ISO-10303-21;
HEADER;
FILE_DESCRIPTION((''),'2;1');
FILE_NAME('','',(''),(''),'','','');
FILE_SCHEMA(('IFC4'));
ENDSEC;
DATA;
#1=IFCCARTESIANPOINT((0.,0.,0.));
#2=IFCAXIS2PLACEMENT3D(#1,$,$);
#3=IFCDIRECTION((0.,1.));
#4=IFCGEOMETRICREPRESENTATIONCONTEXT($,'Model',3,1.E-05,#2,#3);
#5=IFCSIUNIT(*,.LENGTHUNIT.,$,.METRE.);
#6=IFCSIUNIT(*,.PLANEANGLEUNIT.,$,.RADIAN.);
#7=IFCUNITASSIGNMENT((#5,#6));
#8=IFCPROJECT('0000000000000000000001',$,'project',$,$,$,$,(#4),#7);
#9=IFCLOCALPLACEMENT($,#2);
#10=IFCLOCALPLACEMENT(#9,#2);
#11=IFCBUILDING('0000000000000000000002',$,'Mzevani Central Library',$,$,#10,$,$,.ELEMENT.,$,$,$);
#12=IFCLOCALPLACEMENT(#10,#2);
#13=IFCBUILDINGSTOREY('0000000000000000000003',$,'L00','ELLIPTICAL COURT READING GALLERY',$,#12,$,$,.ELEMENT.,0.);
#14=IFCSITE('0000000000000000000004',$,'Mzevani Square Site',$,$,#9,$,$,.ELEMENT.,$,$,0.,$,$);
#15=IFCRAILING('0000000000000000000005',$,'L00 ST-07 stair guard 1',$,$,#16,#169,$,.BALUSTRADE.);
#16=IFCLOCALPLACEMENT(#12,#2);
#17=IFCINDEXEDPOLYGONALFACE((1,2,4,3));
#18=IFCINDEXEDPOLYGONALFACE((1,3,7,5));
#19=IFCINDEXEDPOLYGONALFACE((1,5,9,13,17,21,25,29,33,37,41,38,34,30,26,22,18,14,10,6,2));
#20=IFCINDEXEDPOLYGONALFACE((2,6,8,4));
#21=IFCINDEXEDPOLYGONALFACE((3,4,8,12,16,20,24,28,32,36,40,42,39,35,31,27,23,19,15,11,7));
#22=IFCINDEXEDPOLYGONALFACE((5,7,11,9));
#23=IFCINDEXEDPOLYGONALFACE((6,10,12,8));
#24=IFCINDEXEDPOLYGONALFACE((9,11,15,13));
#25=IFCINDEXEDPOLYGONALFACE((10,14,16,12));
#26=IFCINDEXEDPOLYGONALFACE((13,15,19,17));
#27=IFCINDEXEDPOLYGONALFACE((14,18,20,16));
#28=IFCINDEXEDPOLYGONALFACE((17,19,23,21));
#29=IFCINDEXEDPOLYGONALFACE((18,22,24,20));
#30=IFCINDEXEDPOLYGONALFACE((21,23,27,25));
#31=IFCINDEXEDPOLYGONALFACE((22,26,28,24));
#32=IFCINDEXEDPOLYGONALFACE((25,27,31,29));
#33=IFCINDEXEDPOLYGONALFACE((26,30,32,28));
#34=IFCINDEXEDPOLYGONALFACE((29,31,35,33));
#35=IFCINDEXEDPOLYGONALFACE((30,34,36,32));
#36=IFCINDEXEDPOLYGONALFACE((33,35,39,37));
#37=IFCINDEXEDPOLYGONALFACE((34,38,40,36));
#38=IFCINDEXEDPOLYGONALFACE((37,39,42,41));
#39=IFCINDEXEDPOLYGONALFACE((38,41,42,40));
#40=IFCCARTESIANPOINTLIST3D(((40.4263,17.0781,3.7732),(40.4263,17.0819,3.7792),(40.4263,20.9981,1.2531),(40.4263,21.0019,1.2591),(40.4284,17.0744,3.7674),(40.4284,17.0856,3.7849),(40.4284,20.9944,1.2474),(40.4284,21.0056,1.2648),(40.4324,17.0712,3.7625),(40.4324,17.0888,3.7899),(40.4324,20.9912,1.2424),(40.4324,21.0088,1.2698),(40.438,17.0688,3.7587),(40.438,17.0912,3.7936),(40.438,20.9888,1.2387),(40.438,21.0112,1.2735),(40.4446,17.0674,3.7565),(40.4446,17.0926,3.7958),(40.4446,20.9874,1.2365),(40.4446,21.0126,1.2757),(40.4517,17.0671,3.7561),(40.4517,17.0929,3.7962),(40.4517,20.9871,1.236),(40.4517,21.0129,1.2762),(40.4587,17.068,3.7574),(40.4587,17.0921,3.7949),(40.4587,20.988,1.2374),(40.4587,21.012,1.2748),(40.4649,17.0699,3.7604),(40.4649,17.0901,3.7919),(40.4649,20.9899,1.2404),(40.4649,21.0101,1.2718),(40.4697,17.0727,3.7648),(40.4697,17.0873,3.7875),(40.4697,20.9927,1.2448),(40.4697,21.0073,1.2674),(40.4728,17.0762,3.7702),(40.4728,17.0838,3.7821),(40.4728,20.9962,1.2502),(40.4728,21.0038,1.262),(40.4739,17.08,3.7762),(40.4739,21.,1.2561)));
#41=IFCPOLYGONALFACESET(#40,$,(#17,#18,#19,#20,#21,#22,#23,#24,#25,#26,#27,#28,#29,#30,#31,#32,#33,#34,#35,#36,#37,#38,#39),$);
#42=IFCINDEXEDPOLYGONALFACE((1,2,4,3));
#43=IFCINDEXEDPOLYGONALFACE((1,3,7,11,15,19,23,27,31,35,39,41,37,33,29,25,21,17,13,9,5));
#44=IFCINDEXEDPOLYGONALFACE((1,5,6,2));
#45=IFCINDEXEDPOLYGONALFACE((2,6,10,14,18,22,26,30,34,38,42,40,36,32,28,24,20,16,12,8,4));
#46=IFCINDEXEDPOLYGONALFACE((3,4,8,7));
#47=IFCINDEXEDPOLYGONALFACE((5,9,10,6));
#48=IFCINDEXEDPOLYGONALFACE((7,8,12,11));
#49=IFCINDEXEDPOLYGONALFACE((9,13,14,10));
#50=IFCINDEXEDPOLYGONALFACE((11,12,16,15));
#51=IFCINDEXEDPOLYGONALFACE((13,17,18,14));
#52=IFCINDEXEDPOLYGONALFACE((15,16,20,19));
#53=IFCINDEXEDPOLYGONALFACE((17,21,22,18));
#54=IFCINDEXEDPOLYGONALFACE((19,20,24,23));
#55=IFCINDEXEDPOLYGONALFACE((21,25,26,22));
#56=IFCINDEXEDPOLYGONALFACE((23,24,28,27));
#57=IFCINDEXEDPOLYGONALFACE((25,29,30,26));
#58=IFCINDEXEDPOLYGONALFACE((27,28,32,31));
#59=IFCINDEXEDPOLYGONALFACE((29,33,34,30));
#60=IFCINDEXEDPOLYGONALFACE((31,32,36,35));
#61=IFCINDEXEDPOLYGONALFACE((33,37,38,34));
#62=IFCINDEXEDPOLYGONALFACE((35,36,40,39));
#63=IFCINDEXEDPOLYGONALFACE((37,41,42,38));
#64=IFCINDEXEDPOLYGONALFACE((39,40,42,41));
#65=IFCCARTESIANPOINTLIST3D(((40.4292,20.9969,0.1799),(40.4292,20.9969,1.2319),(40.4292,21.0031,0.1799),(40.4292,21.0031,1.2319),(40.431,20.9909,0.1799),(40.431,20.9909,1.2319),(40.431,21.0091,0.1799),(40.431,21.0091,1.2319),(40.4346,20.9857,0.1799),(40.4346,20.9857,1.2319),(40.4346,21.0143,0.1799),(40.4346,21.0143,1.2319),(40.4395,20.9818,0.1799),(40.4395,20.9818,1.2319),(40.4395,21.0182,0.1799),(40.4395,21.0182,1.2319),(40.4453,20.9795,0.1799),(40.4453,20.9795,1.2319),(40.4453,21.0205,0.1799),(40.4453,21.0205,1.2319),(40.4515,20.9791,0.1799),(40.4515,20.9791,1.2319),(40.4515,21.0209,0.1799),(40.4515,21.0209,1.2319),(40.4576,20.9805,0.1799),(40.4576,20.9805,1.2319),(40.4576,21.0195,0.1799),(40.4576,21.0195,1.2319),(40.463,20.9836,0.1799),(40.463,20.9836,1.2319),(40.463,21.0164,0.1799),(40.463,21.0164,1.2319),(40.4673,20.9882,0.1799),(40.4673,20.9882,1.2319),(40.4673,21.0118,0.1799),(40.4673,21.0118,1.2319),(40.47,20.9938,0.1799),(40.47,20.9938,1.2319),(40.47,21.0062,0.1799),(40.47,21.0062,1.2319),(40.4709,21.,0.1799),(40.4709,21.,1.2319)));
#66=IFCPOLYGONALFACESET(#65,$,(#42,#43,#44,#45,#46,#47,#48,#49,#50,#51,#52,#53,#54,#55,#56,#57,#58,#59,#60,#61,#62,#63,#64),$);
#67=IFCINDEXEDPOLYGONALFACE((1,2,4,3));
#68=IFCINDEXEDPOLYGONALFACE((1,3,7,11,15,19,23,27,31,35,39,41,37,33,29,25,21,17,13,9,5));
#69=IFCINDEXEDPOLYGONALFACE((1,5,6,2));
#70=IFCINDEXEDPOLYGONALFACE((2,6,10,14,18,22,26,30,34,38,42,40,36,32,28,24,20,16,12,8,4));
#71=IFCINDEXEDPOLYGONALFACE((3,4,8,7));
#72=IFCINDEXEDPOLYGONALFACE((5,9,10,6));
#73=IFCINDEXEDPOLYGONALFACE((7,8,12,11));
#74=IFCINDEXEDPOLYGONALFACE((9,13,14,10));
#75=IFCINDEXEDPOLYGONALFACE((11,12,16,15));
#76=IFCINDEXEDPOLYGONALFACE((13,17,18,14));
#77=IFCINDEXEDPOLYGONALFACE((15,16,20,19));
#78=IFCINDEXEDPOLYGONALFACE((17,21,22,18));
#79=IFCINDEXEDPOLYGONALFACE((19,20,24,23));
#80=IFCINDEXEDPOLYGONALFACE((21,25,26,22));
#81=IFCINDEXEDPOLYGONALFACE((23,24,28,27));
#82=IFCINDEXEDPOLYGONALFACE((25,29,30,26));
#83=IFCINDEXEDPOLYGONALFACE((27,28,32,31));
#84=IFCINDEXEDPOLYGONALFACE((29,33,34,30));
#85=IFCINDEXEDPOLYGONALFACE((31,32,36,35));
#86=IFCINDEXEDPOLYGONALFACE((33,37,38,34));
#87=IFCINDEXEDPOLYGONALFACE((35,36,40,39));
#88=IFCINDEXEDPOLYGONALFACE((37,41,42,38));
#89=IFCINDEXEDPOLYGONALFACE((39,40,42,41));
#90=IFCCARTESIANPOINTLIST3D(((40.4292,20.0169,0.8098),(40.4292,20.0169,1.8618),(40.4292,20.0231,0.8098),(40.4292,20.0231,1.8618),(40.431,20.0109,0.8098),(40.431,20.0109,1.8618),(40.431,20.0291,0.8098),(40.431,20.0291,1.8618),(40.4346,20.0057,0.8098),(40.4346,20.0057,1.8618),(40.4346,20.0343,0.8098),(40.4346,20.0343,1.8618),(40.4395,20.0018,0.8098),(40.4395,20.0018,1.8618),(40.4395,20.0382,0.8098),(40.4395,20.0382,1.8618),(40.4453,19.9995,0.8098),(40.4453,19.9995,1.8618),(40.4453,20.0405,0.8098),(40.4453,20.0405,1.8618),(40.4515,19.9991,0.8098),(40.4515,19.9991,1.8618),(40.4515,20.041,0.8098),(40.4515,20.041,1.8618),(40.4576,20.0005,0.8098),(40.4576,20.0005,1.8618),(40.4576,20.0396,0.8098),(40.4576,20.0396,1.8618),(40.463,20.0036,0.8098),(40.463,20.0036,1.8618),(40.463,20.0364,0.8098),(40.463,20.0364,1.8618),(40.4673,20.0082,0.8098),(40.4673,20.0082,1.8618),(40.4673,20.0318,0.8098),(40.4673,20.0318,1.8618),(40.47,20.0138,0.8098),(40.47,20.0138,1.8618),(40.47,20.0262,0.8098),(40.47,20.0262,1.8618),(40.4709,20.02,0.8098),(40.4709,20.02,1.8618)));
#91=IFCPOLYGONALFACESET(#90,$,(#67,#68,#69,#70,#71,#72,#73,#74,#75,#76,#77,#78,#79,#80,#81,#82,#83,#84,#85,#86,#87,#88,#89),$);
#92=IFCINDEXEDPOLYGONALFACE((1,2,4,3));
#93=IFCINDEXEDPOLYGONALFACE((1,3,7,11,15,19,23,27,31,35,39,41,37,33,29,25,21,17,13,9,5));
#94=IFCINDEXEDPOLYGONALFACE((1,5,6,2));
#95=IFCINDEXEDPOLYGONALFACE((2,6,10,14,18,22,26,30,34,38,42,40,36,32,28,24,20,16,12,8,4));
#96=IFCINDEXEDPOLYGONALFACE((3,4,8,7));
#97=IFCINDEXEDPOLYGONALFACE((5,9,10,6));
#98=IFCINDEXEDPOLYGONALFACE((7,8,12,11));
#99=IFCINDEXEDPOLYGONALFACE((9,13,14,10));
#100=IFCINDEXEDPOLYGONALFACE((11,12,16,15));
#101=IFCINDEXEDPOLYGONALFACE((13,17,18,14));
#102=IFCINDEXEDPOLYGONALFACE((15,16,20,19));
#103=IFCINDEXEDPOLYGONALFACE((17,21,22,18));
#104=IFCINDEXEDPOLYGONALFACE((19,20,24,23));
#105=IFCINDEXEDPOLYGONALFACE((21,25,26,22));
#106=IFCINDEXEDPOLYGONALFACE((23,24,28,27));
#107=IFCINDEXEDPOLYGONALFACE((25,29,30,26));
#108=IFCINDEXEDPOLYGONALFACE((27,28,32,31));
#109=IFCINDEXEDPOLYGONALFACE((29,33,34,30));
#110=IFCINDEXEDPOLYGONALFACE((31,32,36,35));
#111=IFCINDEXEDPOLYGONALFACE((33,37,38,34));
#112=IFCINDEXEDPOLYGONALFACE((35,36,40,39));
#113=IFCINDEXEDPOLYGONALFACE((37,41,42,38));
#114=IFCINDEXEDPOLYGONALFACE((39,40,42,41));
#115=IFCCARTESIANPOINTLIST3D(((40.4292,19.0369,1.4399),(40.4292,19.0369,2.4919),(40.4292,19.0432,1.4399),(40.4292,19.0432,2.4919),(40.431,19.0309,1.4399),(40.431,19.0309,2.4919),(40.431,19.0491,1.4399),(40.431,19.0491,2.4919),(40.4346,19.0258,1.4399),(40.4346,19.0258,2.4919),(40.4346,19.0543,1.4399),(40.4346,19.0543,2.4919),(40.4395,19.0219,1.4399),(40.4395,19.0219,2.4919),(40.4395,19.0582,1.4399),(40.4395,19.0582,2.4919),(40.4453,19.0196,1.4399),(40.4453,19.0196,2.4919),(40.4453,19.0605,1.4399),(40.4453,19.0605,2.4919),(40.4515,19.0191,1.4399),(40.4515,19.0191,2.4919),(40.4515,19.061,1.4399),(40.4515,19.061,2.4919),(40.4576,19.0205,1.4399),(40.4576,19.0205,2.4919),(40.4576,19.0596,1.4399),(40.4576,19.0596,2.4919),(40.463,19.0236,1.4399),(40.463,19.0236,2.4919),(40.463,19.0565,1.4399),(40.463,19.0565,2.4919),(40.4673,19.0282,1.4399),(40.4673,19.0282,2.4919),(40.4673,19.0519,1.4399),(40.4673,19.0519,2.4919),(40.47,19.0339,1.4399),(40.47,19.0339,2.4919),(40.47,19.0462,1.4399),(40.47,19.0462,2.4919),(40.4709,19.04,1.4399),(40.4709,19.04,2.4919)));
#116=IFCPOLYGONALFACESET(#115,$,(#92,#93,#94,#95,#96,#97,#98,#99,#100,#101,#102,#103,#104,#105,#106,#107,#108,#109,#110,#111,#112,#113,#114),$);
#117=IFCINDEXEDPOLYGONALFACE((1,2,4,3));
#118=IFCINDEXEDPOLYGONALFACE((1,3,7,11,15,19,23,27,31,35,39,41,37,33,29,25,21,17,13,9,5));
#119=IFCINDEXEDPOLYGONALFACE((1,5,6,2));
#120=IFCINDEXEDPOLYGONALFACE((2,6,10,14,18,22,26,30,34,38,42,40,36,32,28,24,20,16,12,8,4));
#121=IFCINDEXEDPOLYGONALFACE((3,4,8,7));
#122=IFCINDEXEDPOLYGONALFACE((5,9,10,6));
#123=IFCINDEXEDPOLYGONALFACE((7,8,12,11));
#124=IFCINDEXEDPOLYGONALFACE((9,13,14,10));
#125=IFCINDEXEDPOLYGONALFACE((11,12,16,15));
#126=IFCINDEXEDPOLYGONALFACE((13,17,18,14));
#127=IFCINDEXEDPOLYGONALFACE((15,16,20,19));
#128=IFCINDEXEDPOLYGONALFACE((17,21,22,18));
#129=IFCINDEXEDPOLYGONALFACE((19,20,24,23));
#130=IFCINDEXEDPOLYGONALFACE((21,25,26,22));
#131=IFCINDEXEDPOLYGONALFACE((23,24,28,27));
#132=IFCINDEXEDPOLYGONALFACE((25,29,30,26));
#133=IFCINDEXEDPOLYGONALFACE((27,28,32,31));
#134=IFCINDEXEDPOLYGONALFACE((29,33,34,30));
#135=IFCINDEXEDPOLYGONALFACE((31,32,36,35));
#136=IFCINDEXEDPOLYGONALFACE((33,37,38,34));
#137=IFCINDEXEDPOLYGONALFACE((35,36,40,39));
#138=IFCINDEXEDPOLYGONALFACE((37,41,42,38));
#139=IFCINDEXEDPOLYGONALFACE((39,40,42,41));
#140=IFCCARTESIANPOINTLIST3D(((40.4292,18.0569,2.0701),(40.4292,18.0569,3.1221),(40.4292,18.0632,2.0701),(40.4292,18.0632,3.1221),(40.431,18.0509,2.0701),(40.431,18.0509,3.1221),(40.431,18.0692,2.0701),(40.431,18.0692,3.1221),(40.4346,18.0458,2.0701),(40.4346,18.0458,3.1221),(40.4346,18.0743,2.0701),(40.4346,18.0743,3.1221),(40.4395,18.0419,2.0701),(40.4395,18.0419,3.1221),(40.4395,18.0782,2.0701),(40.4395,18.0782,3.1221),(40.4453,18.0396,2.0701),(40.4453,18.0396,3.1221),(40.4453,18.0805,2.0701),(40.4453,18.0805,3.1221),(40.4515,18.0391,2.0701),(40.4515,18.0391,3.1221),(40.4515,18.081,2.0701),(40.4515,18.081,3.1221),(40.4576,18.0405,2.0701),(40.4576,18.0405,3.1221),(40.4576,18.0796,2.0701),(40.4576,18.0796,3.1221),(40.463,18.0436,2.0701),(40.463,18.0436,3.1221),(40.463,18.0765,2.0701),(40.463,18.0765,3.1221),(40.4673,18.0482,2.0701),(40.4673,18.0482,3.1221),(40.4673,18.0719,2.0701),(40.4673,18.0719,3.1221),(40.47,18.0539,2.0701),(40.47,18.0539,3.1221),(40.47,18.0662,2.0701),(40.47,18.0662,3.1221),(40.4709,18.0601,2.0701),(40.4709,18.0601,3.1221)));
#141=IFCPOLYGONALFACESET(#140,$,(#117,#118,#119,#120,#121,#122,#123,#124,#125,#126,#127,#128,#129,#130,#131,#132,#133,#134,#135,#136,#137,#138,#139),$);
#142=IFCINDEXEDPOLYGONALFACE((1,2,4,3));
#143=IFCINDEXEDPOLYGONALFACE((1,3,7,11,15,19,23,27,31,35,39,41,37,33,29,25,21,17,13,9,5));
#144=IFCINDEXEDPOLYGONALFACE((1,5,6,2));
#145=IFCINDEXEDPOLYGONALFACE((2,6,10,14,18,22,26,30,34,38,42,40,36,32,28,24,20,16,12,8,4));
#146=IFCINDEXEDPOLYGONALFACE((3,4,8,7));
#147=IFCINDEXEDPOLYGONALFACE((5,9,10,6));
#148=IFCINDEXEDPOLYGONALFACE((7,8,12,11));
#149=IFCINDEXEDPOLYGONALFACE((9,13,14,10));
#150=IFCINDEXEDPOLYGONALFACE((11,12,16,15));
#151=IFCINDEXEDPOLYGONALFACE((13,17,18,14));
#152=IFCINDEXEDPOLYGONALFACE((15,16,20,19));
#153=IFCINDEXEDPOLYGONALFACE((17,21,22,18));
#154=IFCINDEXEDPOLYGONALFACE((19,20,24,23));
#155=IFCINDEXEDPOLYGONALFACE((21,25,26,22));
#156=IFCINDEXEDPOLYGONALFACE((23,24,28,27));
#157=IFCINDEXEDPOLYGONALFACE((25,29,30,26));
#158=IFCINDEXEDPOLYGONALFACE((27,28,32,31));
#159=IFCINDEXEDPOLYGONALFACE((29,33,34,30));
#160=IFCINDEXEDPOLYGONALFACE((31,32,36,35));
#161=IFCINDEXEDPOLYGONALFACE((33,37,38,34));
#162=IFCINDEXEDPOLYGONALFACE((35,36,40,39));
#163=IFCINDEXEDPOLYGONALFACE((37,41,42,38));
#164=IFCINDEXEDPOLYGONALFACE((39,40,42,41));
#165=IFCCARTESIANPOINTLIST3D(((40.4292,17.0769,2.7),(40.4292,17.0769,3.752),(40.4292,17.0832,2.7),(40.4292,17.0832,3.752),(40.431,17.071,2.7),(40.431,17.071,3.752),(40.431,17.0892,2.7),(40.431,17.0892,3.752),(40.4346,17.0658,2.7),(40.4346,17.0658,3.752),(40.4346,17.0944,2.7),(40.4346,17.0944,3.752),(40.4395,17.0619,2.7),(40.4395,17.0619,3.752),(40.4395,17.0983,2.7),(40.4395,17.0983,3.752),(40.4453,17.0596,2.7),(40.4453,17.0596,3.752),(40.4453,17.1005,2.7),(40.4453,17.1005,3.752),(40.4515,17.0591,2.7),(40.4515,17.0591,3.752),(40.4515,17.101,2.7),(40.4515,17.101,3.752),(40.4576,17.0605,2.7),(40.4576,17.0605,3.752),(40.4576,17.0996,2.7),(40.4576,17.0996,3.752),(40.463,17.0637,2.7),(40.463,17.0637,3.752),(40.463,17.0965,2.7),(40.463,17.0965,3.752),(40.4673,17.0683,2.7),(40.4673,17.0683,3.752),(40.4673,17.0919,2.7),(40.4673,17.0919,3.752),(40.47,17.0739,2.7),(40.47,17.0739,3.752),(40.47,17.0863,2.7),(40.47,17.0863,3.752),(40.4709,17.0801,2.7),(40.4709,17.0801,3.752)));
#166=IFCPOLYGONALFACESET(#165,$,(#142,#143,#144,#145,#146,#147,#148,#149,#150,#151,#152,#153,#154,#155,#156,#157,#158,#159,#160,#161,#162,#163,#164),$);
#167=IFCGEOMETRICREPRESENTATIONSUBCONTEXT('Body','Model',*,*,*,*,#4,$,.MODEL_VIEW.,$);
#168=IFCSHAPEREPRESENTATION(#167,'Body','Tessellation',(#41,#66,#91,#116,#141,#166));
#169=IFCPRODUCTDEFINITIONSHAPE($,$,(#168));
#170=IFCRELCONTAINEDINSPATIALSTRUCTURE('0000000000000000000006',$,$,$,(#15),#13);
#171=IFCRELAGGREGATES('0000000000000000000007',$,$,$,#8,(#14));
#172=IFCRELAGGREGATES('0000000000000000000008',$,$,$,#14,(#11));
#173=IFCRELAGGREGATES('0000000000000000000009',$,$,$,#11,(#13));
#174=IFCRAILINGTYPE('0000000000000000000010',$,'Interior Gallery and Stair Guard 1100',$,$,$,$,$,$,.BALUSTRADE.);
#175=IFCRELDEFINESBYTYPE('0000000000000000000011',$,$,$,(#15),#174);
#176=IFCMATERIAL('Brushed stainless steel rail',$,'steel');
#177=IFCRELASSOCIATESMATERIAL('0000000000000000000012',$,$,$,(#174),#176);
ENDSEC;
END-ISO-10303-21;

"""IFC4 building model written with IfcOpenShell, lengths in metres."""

from ifc_helpers import new_model, si_unit, direction, frame, origin, origin_2d, place, context, subcontext, project, spatial, circle, extrude, material, type_object, element, save


model = new_model("IFC4")

# Units and contexts
model_context = context("Model", 3, precision=1e-05, world=origin(), true_north=direction((0.0, 1.0)))
body_context = subcontext(model_context, "Body", "Model", "MODEL_VIEW")
ifc_project = project(units=[si_unit("LENGTHUNIT", "METRE"), si_unit("PLANEANGLEUNIT", "RADIAN")], contexts=[model_context])

# Site, building, storey
site_placement = place(None, origin())
site = spatial("IfcSite", under=ifc_project, at=site_placement, Name="Mzevani Square Site", CompositionType="ELEMENT", RefElevation=0.0)
building_placement = place(site_placement, origin())
building = spatial("IfcBuilding", under=site, at=building_placement, Name="Mzevani Central Library", CompositionType="ELEMENT")
storey_placement = place(building_placement, origin())
storey = spatial("IfcBuildingStorey", under=building, at=storey_placement, Name="L00", Description="ELLIPTICAL COURT READING GALLERY", CompositionType="ELEMENT", Elevation=0.0)

# Railing
ifc_material_1 = material(Name="Brushed stainless steel rail", Category="steel")
railing_type_1 = type_object("IfcRailingType", Name="Interior Gallery and Stair Guard 1100", PredefinedType="BALUSTRADE", material=ifc_material_1)
railing_1_placement = place(storey_placement, frame((40.45, 21.0, 0.1799)))
element("IfcRailing", 1, at=railing_1_placement, inside=storey, type_object=railing_type_1, Name="L00 ST-07 stair guard 1", PredefinedType="BALUSTRADE", context=body_context, shape_type="SweptSolid", body=[
    extrude(circle(Radius=0.0239, at=origin_2d()), frame((0.0, 0.0, 1.0762), z_axis=(0.0, -0.841172, 0.540768), x_axis=(1.0, 0.0, 0.0)), (0.0, 0.0, 1.0), 4.6602),
    extrude(circle(Radius=0.021, at=origin_2d()), origin(), (0.0, 0.0, 1.0), 1.052),
    extrude(circle(Radius=0.021, at=origin_2d()), frame((0.0, -0.98, 0.6299)), (0.0, 0.0, 1.0), 1.052),
    extrude(circle(Radius=0.021, at=origin_2d()), frame((0.0, -1.96, 1.26)), (0.0, 0.0, 1.0), 1.052),
    extrude(circle(Radius=0.021, at=origin_2d()), frame((0.0, -2.9399, 1.8901)), (0.0, 0.0, 1.0), 1.052),
    extrude(circle(Radius=0.021, at=origin_2d()), frame((0.0, -3.9199, 2.52)), (0.0, 0.0, 1.0), 1.052),
])

save(model, "model.ifc")
